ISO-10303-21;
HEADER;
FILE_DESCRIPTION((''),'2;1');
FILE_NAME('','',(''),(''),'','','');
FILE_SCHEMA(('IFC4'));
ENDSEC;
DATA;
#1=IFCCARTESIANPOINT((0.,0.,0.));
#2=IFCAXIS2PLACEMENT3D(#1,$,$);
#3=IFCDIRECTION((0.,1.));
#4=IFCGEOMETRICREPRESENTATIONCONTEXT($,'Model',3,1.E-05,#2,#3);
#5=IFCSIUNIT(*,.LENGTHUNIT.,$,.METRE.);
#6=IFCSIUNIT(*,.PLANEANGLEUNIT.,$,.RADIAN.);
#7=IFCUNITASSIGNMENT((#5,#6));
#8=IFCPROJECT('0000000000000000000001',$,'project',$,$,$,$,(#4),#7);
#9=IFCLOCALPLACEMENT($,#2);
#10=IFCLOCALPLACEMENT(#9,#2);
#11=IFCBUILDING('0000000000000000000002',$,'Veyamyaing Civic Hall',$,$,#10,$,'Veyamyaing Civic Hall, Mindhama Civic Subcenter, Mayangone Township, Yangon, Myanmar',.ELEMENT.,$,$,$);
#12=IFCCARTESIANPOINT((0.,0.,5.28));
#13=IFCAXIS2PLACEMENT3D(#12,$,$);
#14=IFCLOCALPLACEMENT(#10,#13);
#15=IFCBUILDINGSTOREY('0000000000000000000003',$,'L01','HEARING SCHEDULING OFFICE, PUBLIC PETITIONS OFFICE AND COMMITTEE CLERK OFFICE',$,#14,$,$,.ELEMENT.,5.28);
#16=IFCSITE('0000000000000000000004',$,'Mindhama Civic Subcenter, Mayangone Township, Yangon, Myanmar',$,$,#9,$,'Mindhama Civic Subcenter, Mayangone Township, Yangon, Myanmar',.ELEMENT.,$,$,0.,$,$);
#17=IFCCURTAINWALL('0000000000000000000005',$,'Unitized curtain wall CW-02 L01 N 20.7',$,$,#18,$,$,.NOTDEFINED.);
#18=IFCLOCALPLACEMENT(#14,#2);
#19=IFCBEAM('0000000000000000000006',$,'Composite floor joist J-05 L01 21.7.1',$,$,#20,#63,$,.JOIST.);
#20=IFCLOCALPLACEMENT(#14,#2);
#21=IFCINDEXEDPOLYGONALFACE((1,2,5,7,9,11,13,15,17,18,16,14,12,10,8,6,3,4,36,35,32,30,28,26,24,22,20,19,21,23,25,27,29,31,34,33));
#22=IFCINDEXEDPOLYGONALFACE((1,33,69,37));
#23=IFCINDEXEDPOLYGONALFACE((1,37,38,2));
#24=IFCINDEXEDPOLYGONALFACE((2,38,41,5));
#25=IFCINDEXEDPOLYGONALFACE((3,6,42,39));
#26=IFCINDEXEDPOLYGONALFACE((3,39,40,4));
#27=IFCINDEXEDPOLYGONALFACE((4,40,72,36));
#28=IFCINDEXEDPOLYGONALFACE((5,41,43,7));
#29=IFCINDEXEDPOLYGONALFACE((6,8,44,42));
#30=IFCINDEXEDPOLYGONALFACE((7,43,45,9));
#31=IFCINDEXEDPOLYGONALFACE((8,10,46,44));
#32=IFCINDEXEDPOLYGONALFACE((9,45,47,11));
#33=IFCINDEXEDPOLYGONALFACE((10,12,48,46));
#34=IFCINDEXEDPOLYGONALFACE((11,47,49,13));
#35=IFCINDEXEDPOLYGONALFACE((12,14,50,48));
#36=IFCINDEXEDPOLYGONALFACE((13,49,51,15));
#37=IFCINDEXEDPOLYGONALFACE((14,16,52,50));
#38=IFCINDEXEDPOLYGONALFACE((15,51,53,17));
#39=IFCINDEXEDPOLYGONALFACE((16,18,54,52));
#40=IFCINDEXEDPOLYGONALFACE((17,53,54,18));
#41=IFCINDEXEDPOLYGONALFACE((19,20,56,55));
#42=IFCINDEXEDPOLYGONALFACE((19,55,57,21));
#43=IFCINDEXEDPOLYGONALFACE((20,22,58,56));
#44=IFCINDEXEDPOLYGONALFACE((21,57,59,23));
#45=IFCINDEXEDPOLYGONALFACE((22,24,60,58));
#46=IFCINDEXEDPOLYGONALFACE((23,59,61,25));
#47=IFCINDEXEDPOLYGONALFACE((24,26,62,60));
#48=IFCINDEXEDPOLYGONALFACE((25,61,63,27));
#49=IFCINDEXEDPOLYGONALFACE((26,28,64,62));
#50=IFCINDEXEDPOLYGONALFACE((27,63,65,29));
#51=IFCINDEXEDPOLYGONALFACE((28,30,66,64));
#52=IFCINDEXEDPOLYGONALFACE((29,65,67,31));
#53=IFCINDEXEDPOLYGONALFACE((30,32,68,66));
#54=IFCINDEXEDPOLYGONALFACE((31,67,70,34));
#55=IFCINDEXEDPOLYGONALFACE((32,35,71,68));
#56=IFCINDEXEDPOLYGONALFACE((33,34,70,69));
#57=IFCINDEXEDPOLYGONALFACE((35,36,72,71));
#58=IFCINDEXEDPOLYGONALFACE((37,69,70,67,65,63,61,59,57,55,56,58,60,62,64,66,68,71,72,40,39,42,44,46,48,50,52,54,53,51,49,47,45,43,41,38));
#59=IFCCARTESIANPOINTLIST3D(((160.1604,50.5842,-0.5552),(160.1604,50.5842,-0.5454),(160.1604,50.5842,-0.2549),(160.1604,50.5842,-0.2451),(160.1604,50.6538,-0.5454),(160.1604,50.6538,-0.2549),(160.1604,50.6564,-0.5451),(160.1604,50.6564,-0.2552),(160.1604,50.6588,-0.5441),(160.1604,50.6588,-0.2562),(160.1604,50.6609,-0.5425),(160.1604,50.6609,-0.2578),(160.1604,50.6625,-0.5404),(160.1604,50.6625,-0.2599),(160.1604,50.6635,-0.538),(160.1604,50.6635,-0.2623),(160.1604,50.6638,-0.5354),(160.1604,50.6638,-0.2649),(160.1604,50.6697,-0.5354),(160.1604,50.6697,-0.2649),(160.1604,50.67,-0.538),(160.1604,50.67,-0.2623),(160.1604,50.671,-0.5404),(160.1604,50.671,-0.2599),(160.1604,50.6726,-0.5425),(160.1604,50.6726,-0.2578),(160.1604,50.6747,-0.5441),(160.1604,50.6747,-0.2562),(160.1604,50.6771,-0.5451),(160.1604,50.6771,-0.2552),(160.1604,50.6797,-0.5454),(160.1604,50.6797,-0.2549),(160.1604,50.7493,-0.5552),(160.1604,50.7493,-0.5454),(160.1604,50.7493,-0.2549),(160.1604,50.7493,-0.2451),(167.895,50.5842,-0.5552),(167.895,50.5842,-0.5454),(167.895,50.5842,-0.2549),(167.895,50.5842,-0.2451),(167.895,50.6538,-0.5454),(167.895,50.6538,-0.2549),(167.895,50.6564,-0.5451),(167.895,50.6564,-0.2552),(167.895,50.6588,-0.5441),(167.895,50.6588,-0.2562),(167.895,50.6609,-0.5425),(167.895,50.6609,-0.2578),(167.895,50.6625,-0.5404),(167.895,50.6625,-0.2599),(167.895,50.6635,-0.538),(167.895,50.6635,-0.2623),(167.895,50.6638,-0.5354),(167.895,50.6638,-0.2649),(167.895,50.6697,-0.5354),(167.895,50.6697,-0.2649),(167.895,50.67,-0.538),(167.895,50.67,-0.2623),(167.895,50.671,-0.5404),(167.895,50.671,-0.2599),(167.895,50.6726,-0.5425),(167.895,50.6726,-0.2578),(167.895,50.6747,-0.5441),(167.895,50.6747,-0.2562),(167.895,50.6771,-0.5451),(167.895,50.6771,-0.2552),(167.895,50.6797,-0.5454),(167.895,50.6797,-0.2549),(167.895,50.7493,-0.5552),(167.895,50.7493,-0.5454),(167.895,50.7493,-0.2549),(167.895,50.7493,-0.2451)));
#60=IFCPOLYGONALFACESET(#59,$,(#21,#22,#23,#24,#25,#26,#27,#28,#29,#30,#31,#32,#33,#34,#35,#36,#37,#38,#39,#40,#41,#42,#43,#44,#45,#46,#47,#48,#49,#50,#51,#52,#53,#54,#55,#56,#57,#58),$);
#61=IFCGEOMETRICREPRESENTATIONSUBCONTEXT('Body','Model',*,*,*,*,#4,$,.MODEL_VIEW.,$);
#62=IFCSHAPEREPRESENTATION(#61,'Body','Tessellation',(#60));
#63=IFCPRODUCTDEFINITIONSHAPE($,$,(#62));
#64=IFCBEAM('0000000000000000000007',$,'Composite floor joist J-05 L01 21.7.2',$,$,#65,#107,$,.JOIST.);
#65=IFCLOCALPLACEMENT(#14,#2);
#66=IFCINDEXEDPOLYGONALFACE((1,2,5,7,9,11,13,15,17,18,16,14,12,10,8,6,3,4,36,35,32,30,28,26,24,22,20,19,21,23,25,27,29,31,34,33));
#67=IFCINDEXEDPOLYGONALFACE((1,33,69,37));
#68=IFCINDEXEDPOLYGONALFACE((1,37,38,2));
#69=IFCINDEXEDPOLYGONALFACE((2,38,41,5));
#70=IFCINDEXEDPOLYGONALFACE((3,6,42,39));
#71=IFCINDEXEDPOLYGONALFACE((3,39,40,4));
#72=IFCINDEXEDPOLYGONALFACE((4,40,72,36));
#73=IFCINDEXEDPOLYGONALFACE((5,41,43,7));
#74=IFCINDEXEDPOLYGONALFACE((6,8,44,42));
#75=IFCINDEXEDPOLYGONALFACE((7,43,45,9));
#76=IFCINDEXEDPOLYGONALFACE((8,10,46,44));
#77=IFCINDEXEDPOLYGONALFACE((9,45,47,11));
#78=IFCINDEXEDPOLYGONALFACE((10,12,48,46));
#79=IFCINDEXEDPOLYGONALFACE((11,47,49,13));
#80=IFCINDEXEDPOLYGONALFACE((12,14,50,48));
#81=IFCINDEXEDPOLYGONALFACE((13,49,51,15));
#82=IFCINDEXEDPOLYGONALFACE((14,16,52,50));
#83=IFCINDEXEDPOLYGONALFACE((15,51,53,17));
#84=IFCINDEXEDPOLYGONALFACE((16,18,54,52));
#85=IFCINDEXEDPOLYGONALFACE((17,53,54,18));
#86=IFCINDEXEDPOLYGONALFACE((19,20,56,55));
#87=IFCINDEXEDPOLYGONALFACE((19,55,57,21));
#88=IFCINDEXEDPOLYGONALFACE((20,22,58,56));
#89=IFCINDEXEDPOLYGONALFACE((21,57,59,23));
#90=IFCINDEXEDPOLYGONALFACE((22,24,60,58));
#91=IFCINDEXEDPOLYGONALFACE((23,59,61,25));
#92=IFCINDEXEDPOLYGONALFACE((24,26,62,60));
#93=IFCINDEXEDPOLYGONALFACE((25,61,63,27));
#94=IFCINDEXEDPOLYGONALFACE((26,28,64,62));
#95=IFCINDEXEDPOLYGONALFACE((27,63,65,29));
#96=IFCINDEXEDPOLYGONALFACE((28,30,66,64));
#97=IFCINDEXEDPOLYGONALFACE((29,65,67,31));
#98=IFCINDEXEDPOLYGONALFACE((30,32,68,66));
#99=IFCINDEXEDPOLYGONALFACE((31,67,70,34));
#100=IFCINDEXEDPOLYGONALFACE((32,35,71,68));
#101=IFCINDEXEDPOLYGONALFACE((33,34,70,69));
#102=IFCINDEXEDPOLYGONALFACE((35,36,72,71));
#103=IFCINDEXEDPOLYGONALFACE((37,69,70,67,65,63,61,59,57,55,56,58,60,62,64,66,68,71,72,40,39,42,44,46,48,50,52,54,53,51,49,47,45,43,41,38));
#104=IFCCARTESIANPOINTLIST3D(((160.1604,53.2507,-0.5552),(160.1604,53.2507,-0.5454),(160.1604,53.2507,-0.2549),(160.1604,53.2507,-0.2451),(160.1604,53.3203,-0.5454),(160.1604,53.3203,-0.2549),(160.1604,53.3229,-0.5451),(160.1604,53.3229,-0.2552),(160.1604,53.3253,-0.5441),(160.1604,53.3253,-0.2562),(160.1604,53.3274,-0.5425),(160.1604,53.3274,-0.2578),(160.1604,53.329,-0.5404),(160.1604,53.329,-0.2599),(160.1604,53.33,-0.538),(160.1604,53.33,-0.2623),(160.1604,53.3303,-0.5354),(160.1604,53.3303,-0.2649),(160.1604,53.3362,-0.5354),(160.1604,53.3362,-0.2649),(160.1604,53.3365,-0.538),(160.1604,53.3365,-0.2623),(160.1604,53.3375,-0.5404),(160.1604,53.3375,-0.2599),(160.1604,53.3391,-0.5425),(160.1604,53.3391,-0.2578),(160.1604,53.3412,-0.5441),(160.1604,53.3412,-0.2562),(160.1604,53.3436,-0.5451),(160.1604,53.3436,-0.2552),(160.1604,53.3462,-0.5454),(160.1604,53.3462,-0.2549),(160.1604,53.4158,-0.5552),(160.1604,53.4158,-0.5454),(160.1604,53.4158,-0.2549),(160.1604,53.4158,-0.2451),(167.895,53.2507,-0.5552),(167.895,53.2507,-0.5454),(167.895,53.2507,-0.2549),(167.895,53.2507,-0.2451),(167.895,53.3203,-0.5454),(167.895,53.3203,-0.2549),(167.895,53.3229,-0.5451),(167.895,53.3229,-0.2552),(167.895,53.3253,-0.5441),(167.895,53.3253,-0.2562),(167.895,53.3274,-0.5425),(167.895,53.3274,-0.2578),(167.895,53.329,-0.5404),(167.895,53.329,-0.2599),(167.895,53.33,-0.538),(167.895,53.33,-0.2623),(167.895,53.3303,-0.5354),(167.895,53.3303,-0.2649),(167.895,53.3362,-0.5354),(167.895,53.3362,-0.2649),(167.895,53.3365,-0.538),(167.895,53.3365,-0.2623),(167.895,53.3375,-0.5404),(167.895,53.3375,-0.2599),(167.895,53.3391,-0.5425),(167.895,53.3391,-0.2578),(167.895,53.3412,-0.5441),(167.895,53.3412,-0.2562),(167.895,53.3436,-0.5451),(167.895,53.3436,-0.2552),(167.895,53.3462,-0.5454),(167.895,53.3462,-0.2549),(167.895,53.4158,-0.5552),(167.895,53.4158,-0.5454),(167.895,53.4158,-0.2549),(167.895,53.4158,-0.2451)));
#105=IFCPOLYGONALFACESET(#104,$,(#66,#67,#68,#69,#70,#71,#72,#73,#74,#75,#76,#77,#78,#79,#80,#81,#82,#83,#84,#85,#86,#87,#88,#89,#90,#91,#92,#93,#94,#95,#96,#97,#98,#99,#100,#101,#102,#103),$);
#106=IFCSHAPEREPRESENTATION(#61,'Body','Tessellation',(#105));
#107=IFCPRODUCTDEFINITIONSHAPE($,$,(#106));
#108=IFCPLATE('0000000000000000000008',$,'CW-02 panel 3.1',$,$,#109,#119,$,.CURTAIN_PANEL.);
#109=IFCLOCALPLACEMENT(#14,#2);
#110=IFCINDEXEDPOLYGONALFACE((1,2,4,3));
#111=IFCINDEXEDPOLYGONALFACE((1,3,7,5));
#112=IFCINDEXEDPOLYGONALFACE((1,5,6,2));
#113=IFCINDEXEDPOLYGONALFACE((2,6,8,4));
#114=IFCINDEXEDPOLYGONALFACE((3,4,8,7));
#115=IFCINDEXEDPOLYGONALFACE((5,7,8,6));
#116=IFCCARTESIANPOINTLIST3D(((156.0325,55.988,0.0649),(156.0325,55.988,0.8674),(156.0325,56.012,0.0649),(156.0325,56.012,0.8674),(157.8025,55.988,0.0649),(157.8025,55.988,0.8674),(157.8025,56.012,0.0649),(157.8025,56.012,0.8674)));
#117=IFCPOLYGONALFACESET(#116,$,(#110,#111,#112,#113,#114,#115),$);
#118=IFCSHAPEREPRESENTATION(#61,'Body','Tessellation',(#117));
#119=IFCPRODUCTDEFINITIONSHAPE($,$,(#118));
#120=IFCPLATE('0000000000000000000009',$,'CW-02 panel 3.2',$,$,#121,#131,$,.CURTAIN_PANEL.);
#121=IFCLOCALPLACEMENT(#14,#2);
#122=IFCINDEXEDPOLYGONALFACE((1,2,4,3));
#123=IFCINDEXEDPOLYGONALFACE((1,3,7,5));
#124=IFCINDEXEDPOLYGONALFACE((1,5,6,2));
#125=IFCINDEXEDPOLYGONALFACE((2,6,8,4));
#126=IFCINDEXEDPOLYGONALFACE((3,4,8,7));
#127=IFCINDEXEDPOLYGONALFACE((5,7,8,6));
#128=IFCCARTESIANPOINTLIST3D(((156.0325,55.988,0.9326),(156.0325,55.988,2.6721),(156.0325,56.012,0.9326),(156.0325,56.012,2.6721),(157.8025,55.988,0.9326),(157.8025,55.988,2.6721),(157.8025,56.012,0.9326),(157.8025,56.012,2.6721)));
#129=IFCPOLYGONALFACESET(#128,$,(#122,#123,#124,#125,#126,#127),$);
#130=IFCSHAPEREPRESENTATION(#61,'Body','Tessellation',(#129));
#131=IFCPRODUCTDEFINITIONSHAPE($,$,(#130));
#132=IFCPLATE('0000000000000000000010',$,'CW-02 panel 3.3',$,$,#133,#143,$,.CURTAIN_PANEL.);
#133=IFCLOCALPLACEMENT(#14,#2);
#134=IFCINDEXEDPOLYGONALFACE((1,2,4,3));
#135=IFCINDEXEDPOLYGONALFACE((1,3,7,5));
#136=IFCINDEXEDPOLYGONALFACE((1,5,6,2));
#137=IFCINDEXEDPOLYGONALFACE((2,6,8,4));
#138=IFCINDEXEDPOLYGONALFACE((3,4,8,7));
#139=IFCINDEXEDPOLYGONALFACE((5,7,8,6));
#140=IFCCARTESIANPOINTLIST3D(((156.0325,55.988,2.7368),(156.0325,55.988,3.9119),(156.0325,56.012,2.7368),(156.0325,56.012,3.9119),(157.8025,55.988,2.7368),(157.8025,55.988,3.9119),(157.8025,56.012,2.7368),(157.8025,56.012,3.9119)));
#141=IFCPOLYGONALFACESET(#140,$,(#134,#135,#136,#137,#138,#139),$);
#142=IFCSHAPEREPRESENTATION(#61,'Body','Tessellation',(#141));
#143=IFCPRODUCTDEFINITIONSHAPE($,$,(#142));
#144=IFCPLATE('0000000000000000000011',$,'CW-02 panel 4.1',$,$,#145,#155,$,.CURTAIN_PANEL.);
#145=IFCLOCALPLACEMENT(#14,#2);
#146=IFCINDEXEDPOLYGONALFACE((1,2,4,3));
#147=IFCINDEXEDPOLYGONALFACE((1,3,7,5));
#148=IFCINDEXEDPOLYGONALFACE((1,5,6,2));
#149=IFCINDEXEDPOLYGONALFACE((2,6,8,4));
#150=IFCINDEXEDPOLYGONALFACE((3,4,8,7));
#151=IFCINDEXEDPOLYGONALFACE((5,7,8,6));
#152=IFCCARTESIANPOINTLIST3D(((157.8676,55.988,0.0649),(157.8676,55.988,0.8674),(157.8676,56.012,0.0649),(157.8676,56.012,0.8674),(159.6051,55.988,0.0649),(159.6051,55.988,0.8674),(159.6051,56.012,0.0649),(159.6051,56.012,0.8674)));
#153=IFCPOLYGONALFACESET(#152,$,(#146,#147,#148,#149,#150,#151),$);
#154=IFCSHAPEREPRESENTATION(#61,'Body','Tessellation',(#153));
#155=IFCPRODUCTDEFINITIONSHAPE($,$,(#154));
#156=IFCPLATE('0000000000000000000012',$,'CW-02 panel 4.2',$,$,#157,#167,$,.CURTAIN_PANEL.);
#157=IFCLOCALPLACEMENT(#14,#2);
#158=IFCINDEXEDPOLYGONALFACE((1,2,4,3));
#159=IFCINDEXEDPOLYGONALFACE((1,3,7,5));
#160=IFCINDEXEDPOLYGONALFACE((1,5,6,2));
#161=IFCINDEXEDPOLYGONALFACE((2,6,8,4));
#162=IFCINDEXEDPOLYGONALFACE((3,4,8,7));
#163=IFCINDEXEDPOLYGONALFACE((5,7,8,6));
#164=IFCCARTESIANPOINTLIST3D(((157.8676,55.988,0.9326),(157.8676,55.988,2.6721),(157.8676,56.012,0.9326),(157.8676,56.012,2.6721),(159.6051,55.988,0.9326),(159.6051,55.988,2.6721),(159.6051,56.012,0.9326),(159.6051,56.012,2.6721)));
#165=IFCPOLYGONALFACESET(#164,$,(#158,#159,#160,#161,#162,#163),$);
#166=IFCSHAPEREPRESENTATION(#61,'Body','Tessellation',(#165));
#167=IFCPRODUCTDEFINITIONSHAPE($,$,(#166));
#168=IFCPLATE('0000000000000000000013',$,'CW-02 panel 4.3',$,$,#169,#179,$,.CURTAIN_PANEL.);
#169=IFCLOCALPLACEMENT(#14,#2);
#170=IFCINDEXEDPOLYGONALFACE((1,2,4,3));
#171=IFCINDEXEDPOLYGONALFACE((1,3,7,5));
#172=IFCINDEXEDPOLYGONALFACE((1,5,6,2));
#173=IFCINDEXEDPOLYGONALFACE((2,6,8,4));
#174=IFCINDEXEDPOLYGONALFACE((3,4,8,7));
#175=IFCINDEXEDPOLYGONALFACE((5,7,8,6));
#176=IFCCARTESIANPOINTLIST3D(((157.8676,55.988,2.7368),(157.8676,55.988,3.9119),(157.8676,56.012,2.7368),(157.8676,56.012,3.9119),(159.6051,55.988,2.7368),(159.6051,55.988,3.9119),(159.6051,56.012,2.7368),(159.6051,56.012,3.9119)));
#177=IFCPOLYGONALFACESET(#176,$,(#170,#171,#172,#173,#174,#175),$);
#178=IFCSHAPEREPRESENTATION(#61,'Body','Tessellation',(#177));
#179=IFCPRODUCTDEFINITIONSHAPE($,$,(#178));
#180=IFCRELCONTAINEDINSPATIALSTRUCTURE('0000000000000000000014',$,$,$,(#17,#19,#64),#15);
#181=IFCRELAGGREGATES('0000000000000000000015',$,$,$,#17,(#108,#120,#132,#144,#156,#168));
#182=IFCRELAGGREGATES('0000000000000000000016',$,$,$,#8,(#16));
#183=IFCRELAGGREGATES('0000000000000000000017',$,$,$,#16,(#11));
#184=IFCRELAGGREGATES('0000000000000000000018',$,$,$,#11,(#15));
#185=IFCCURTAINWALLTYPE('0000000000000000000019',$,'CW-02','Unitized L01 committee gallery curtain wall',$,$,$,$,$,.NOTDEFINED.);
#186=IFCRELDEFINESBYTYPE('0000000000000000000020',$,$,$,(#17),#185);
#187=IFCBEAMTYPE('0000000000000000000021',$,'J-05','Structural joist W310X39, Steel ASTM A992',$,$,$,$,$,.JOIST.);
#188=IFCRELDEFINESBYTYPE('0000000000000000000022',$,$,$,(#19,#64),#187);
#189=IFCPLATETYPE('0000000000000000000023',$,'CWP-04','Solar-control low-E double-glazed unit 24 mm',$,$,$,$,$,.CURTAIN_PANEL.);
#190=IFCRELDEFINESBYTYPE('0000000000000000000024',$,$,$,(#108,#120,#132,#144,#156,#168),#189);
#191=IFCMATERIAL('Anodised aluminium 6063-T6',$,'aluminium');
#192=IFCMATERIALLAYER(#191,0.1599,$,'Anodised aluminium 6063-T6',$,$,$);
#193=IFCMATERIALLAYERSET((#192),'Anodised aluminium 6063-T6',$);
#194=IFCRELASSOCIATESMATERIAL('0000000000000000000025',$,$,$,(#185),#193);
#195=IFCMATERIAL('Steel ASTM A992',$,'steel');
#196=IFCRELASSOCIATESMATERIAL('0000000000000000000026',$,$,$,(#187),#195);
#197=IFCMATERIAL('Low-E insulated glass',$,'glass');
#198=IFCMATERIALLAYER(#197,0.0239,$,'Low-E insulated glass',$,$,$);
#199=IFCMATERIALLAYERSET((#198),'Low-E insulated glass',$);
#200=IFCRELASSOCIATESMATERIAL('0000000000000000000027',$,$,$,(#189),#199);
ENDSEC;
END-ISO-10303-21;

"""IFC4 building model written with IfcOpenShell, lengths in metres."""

from ifc_helpers import new_model, si_unit, direction, frame, origin, origin_2d, place, context, subcontext, project, spatial, rectangle, i_section, extrude, material, layer, layer_set, material_profile, profile_set, type_object, element, aggregate, save


model = new_model("IFC4")

# Units and contexts
model_context = context("Model", 3, precision=1e-05, world=origin(), true_north=direction((0.0, 1.0)))
body_context = subcontext(model_context, "Body", "Model", "MODEL_VIEW")
ifc_project = project(units=[si_unit("LENGTHUNIT", "METRE"), si_unit("PLANEANGLEUNIT", "RADIAN")], contexts=[model_context])

# Site, building, storey
site_placement = place(None, origin())
site = spatial("IfcSite", under=ifc_project, at=site_placement, Name="Mindhama Civic Subcenter, Mayangone Township, Yangon, Myanmar", LongName="Mindhama Civic Subcenter, Mayangone Township, Yangon, Myanmar", CompositionType="ELEMENT", RefElevation=0.0)
building_placement = place(site_placement, origin())
building = spatial("IfcBuilding", under=site, at=building_placement, Name="Veyamyaing Civic Hall", LongName="Veyamyaing Civic Hall, Mindhama Civic Subcenter, Mayangone Township, Yangon, Myanmar", CompositionType="ELEMENT")
storey_placement = place(building_placement, frame((0.0, 0.0, 5.28)))
storey = spatial("IfcBuildingStorey", under=building, at=storey_placement, Name="L01", Description="HEARING SCHEDULING OFFICE, PUBLIC PETITIONS OFFICE AND COMMITTEE CLERK OFFICE", CompositionType="ELEMENT", Elevation=5.28)

# Shared definitions
ifc_material_1 = material(Name="Steel ASTM A992", Category="steel")

# Curtain wall
ifc_material_2 = material(Name="Anodised aluminium 6063-T6", Category="aluminium")
ifc_layer_1 = layer(ifc_material_2, 0.1599, Name="Anodised aluminium 6063-T6")
ifc_layer_set_1 = layer_set([ifc_layer_1], Name="Anodised aluminium 6063-T6")
curtain_wall_type = type_object("IfcCurtainWallType", Name="CW-02", Description="Unitized L01 committee gallery curtain wall", PredefinedType="NOTDEFINED", material=ifc_layer_set_1)
curtain_wall_placement = place(storey_placement, origin())
curtain_wall = element("IfcCurtainWall", 1, at=curtain_wall_placement, inside=storey, type_object=curtain_wall_type, Name="Unitized curtain wall CW-02 L01 N 20.7", PredefinedType="NOTDEFINED")

# Beams
ifc_material_profile_1 = material_profile(ifc_material_1, i_section(OverallWidth=0.165, OverallDepth=0.3101, WebThickness=0.0059, FlangeThickness=0.0098, FilletRadius=0.01, at=origin_2d()), Name="W310X39")
ifc_profile_set_1 = profile_set([ifc_material_profile_1], Name="Steel ASTM A992")
beam_type_1 = type_object("IfcBeamType", Name="J-05", Description="Structural joist W310X39, Steel ASTM A992", PredefinedType="JOIST", material=ifc_profile_set_1)
for number, where, z_axis, x_axis, name in (
    (2, (160.1604, 50.6667, -0.4001), (1.0, 0.0, 0.0), (0.0, 1.0, 0.0), "Composite floor joist J-05 L01 21.7.1"),
    (3, (160.1604, 53.3333, -0.4001), (1.0, 0.0, 0.0), (0.0, 1.0, 0.0), "Composite floor joist J-05 L01 21.7.2"),
):
    element("IfcBeam", number, at=place(storey_placement, frame(where, z_axis=z_axis, x_axis=x_axis)), inside=storey, type_object=beam_type_1, Name=name, PredefinedType="JOIST", context=body_context, shape_type="SweptSolid", body=[
        extrude(i_section(OverallWidth=0.165, OverallDepth=0.3101, WebThickness=0.0059, FlangeThickness=0.0098, FilletRadius=0.01, at=origin_2d()), origin(), (0.0, 0.0, 1.0), 7.7346),
    ])

# Plates
ifc_material_3 = material(Name="Low-E insulated glass", Category="glass")
ifc_layer_2 = layer(ifc_material_3, 0.0239, Name="Low-E insulated glass")
ifc_layer_set_2 = layer_set([ifc_layer_2], Name="Low-E insulated glass")
plate_type = type_object("IfcPlateType", Name="CWP-04", Description="Solar-control low-E double-glazed unit 24 mm", PredefinedType="CURTAIN_PANEL", material=ifc_layer_set_2)
plate_1_placement = place(storey_placement, frame((156.9175, 56.0, 0.0649), z_axis=(0.0, 0.0, 1.0), x_axis=(1.0, 0.0, 0.0)))
plate_1 = element("IfcPlate", 4, at=plate_1_placement, type_object=plate_type, Name="CW-02 panel 3.1", PredefinedType="CURTAIN_PANEL", context=body_context, shape_type="SweptSolid", body=[
    extrude(rectangle(XDim=1.77, YDim=0.0239, at=origin_2d()), origin(), (0.0, 0.0, 1.0), 0.8025),
])
plate_2_placement = place(storey_placement, frame((156.9175, 56.0, 0.9326), z_axis=(0.0, 0.0, 1.0), x_axis=(1.0, 0.0, 0.0)))
plate_2 = element("IfcPlate", 5, at=plate_2_placement, type_object=plate_type, Name="CW-02 panel 3.2", PredefinedType="CURTAIN_PANEL", context=body_context, shape_type="SweptSolid", body=[
    extrude(rectangle(XDim=1.77, YDim=0.0239, at=origin_2d()), origin(), (0.0, 0.0, 1.0), 1.7395),
])
plate_3_placement = place(storey_placement, frame((156.9175, 56.0, 2.7368), z_axis=(0.0, 0.0, 1.0), x_axis=(1.0, 0.0, 0.0)))
plate_3 = element("IfcPlate", 6, at=plate_3_placement, type_object=plate_type, Name="CW-02 panel 3.3", PredefinedType="CURTAIN_PANEL", context=body_context, shape_type="SweptSolid", body=[
    extrude(rectangle(XDim=1.77, YDim=0.0239, at=origin_2d()), origin(), (0.0, 0.0, 1.0), 1.175),
])
plate_4_placement = place(storey_placement, frame((158.7363, 56.0, 0.0649), z_axis=(0.0, 0.0, 1.0), x_axis=(1.0, 0.0, 0.0)))
plate_4 = element("IfcPlate", 7, at=plate_4_placement, type_object=plate_type, Name="CW-02 panel 4.1", PredefinedType="CURTAIN_PANEL", context=body_context, shape_type="SweptSolid", body=[
    extrude(rectangle(XDim=1.7375, YDim=0.0239, at=origin_2d()), origin(), (0.0, 0.0, 1.0), 0.8025),
])
plate_5_placement = place(storey_placement, frame((158.7363, 56.0, 0.9326), z_axis=(0.0, 0.0, 1.0), x_axis=(1.0, 0.0, 0.0)))
plate_5 = element("IfcPlate", 8, at=plate_5_placement, type_object=plate_type, Name="CW-02 panel 4.2", PredefinedType="CURTAIN_PANEL", context=body_context, shape_type="SweptSolid", body=[
    extrude(rectangle(XDim=1.7375, YDim=0.0239, at=origin_2d()), origin(), (0.0, 0.0, 1.0), 1.7395),
])
plate_6_placement = place(storey_placement, frame((158.7363, 56.0, 2.7368), z_axis=(0.0, 0.0, 1.0), x_axis=(1.0, 0.0, 0.0)))
plate_6 = element("IfcPlate", 9, at=plate_6_placement, type_object=plate_type, Name="CW-02 panel 4.3", PredefinedType="CURTAIN_PANEL", context=body_context, shape_type="SweptSolid", body=[
    extrude(rectangle(XDim=1.7375, YDim=0.0239, at=origin_2d()), origin(), (0.0, 0.0, 1.0), 1.175),
])
aggregate(curtain_wall, [plate_1, plate_2, plate_3, plate_4, plate_5, plate_6])

save(model, "model.ifc")
